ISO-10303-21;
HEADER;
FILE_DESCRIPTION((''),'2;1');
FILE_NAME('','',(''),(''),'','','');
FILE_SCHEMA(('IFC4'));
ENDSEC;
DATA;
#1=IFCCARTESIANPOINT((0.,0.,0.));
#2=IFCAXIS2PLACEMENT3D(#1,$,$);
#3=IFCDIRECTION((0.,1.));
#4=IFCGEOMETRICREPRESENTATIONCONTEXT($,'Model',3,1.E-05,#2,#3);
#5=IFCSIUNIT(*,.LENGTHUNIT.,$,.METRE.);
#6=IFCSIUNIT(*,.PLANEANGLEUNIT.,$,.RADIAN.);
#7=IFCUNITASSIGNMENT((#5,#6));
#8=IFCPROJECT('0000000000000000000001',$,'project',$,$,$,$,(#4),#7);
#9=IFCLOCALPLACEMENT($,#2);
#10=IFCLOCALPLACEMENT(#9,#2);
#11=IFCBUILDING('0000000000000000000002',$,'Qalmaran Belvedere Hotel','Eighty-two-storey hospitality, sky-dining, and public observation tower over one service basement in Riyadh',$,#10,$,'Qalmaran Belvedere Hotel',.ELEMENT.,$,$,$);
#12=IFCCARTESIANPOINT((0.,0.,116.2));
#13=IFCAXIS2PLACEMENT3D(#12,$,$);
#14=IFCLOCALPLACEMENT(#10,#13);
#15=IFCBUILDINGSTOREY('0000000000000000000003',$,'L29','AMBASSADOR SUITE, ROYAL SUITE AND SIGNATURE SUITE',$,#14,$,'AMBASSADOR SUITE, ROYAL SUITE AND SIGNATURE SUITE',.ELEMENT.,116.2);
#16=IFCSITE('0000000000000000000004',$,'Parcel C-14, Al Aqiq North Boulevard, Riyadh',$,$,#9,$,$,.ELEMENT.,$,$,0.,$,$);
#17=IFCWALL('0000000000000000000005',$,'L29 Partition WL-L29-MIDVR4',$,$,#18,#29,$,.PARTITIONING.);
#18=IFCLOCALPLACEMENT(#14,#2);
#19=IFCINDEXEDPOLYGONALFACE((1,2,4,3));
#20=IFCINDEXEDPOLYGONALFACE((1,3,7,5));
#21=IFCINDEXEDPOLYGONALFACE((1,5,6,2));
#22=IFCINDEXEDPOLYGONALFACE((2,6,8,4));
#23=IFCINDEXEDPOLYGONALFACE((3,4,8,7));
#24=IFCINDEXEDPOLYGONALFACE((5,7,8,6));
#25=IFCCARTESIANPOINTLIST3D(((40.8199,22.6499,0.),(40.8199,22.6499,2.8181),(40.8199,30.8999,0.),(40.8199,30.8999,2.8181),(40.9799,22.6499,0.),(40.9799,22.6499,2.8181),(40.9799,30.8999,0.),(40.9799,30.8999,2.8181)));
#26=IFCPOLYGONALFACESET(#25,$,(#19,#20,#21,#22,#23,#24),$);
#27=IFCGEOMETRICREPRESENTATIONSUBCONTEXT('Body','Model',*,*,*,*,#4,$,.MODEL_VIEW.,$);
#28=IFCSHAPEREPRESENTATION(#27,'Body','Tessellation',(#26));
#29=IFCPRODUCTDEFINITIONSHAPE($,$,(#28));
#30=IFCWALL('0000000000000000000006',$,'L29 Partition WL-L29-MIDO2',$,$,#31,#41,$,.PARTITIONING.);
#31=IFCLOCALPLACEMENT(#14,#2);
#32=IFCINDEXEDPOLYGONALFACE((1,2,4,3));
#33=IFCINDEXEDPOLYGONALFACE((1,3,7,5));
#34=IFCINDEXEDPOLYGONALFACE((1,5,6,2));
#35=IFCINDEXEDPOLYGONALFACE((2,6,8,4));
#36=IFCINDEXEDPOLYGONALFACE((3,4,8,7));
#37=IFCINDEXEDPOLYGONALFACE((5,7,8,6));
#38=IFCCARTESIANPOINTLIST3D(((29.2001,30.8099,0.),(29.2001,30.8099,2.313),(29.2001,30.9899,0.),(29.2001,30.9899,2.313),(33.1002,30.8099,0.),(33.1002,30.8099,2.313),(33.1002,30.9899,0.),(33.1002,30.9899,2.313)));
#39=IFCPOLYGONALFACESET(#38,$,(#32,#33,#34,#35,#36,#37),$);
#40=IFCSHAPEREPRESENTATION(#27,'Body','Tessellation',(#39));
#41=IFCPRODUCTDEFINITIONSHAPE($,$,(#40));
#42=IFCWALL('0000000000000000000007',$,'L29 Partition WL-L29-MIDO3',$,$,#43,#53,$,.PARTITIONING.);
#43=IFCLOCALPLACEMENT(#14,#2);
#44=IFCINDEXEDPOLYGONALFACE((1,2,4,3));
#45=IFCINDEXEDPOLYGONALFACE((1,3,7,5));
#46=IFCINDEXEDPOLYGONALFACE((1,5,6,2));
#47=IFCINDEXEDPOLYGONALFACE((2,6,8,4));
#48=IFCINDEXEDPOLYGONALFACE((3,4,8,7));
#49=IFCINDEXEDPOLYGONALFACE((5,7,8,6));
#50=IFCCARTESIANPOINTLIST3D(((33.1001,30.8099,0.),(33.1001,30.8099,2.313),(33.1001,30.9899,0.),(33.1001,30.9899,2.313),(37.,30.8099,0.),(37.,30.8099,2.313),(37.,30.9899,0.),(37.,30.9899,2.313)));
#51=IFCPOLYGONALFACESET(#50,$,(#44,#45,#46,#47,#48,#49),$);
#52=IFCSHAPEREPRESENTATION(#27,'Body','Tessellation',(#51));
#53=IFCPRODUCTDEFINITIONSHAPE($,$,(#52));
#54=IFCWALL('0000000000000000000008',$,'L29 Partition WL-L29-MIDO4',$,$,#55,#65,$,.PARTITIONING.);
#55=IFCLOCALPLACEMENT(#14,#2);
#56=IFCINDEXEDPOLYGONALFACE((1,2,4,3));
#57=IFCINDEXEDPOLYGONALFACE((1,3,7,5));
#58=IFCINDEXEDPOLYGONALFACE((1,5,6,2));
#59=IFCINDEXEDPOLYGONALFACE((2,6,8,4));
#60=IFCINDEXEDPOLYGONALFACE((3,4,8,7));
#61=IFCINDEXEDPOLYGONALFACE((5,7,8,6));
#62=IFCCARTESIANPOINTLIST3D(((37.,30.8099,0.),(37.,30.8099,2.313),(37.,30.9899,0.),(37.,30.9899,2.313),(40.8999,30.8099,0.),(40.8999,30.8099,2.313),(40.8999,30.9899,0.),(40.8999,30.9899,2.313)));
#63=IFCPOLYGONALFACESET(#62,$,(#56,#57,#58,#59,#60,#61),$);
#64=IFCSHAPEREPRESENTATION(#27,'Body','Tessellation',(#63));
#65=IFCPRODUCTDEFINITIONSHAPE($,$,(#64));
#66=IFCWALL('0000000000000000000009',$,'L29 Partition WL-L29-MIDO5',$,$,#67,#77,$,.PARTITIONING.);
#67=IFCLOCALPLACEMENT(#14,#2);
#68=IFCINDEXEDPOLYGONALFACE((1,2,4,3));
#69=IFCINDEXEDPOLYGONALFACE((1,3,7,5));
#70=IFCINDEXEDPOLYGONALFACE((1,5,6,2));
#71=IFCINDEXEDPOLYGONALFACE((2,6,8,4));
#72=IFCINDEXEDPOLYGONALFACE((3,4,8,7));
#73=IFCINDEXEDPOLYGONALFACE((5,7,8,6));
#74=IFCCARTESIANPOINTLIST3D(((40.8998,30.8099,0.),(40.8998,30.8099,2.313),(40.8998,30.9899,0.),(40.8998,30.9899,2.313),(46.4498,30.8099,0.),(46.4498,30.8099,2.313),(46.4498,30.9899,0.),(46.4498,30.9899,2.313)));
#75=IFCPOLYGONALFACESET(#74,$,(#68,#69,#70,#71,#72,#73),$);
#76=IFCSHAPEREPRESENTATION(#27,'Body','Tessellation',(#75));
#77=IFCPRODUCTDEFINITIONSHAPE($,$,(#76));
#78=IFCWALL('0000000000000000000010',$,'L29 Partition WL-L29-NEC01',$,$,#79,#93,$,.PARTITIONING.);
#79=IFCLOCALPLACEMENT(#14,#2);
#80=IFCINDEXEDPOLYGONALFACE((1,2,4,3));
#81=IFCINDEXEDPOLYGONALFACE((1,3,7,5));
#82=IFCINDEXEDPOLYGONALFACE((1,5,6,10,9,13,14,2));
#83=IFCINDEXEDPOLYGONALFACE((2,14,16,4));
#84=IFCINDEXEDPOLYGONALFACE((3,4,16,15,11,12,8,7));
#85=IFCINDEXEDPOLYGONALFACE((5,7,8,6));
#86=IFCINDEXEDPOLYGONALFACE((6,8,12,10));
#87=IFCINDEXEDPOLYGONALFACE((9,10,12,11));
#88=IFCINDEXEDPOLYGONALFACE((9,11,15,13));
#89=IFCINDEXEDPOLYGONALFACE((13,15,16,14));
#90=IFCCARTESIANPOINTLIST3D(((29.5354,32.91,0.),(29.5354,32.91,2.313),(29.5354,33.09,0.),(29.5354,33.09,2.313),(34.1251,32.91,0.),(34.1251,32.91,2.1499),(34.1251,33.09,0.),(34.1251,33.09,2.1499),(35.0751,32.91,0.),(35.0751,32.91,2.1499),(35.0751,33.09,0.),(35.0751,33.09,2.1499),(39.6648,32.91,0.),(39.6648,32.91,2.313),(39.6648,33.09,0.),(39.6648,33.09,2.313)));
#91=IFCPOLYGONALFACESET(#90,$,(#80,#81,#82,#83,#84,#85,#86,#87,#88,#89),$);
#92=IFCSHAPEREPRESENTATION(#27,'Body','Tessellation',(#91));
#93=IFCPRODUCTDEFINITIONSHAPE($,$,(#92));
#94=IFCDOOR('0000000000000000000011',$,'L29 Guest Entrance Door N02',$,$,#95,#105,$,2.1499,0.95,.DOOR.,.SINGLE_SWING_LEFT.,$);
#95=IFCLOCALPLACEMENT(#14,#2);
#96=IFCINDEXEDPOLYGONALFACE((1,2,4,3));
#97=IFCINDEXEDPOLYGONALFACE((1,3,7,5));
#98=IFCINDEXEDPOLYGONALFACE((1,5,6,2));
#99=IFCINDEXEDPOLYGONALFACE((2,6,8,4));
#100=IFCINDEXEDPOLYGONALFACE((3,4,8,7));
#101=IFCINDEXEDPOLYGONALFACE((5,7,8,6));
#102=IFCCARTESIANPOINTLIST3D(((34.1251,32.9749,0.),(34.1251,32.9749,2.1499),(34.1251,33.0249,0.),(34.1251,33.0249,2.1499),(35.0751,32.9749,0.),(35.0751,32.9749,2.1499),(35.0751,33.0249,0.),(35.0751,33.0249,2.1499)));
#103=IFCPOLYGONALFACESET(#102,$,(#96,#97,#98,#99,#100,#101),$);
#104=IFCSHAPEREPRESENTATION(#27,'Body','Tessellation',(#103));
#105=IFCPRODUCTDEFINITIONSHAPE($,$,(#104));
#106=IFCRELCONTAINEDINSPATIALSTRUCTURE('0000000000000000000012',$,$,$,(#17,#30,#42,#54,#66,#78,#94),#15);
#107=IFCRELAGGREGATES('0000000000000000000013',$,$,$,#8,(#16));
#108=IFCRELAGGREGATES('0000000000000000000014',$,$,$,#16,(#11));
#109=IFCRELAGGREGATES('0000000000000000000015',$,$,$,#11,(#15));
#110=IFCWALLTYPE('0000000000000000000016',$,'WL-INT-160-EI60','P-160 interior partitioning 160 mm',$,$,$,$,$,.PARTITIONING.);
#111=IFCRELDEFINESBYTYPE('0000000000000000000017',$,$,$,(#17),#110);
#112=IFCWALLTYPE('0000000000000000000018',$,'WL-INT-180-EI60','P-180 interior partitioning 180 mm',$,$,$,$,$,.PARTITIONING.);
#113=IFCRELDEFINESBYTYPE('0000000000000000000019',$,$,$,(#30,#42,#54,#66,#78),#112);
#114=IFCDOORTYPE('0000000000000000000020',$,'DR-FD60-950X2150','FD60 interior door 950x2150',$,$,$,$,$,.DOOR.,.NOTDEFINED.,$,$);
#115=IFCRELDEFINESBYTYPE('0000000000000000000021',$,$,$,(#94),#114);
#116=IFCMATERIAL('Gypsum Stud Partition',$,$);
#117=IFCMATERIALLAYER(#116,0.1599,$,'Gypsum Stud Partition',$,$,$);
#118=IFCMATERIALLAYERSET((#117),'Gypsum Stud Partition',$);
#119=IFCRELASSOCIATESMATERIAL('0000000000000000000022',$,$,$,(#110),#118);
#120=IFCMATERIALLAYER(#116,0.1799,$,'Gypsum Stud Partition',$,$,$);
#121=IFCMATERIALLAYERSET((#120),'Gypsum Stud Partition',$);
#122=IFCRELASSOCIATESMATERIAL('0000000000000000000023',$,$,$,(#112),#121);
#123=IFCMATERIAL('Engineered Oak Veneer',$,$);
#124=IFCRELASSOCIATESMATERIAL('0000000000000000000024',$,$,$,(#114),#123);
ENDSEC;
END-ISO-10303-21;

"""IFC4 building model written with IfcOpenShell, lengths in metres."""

from ifc_helpers import new_model, si_unit, direction, frame, frame_2d, origin, place, context, subcontext, project, spatial, rectangle, extrude, material, layer, layer_set, type_object, element, fill, save


model = new_model("IFC4")

# Units and contexts
model_context = context("Model", 3, precision=1e-05, world=origin(), true_north=direction((0.0, 1.0)))
body_context = subcontext(model_context, "Body", "Model", "MODEL_VIEW")
ifc_project = project(units=[si_unit("LENGTHUNIT", "METRE"), si_unit("PLANEANGLEUNIT", "RADIAN")], contexts=[model_context])

# Site, building, storey
site_placement = place(None, origin())
site = spatial("IfcSite", under=ifc_project, at=site_placement, Name="Parcel C-14, Al Aqiq North Boulevard, Riyadh", CompositionType="ELEMENT", RefElevation=0.0)
building_placement = place(site_placement, origin())
building = spatial("IfcBuilding", under=site, at=building_placement, Name="Qalmaran Belvedere Hotel", Description="Eighty-two-storey hospitality, sky-dining, and public observation tower over one service basement in Riyadh", LongName="Qalmaran Belvedere Hotel", CompositionType="ELEMENT")
storey_placement = place(building_placement, frame((0.0, 0.0, 116.2)))
storey = spatial("IfcBuildingStorey", under=building, at=storey_placement, Name="L29", Description="AMBASSADOR SUITE, ROYAL SUITE AND SIGNATURE SUITE", LongName="AMBASSADOR SUITE, ROYAL SUITE AND SIGNATURE SUITE", CompositionType="ELEMENT", Elevation=116.2)

# Wall
ifc_material_1 = material(Name="Gypsum Stud Partition")
ifc_layer_1 = layer(ifc_material_1, 0.1599, Name="Gypsum Stud Partition")
ifc_layer_set_1 = layer_set([ifc_layer_1], Name="Gypsum Stud Partition")
wall_type_1 = type_object("IfcWallType", Name="WL-INT-160-EI60", Description="P-160 interior partitioning 160 mm", PredefinedType="PARTITIONING", material=ifc_layer_set_1)
wall_1_placement = place(storey_placement, frame((40.8999, 22.6499, 0.0), z_axis=(0.0, 0.0, 1.0), x_axis=(0.0, 1.0, 0.0)))
element("IfcWall", 1, at=wall_1_placement, inside=storey, type_object=wall_type_1, Name="L29 Partition WL-L29-MIDVR4", PredefinedType="PARTITIONING", context=body_context, shape_type="SweptSolid", body=[
    extrude(rectangle(XDim=8.25, YDim=0.1599, at=frame_2d((4.125, 0.0))), origin(), (0.0, 0.0, 1.0), 2.8181),
])

# Shared definitions
ifc_layer_2 = layer(ifc_material_1, 0.1799, Name="Gypsum Stud Partition")
ifc_layer_set_2 = layer_set([ifc_layer_2], Name="Gypsum Stud Partition")
wall_type_2 = type_object("IfcWallType", Name="WL-INT-180-EI60", Description="P-180 interior partitioning 180 mm", PredefinedType="PARTITIONING", material=ifc_layer_set_2)
ifc_material_2 = material(Name="Engineered Oak Veneer")
door_type = type_object("IfcDoorType", Name="DR-FD60-950X2150", Description="FD60 interior door 950x2150", OperationType="NOTDEFINED", PredefinedType="DOOR", material=ifc_material_2)

# Wall
wall_2_placement = place(storey_placement, frame((29.2, 30.8999, 0.0), z_axis=(0.0, 0.0, 1.0), x_axis=(1.0, 0.0, 0.0)))
element("IfcWall", 2, at=wall_2_placement, inside=storey, type_object=wall_type_2, Name="L29 Partition WL-L29-MIDO2", PredefinedType="PARTITIONING", context=body_context, shape_type="SweptSolid", body=[
    extrude(rectangle(XDim=3.9001, YDim=0.1799, at=frame_2d((1.9502, 0.0))), origin(), (0.0, 0.0, 1.0), 2.313),
])

# Wall
wall_3_placement = place(storey_placement, frame((33.1001, 30.8999, 0.0), z_axis=(0.0, 0.0, 1.0), x_axis=(1.0, 0.0, 0.0)))
element("IfcWall", 3, at=wall_3_placement, inside=storey, type_object=wall_type_2, Name="L29 Partition WL-L29-MIDO3", PredefinedType="PARTITIONING", context=body_context, shape_type="SweptSolid", body=[
    extrude(rectangle(XDim=3.8999, YDim=0.1799, at=frame_2d((1.95, 0.0))), origin(), (0.0, 0.0, 1.0), 2.313),
])

# Wall
wall_4_placement = place(storey_placement, frame((37.0, 30.8999, 0.0), z_axis=(0.0, 0.0, 1.0), x_axis=(1.0, 0.0, 0.0)))
element("IfcWall", 4, at=wall_4_placement, inside=storey, type_object=wall_type_2, Name="L29 Partition WL-L29-MIDO4", PredefinedType="PARTITIONING", context=body_context, shape_type="SweptSolid", body=[
    extrude(rectangle(XDim=3.8999, YDim=0.1799, at=frame_2d((1.95, 0.0))), origin(), (0.0, 0.0, 1.0), 2.313),
])

# Wall
wall_5_placement = place(storey_placement, frame((40.8999, 30.8999, 0.0), z_axis=(0.0, 0.0, 1.0), x_axis=(1.0, 0.0, 0.0)))
element("IfcWall", 5, at=wall_5_placement, inside=storey, type_object=wall_type_2, Name="L29 Partition WL-L29-MIDO5", PredefinedType="PARTITIONING", context=body_context, shape_type="SweptSolid", body=[
    extrude(rectangle(XDim=5.55, YDim=0.1799, at=frame_2d((2.7749, 0.0))), origin(), (0.0, 0.0, 1.0), 2.313),
])

# Wall, opening, door
wall_6_placement = place(storey_placement, frame((29.5354, 33.0, 0.0), z_axis=(0.0, 0.0, 1.0), x_axis=(1.0, 0.0, 0.0)))
wall_6 = element("IfcWall", 6, at=wall_6_placement, inside=storey, type_object=wall_type_2, Name="L29 Partition WL-L29-NEC01", PredefinedType="PARTITIONING", context=body_context, shape_type="SweptSolid", body=[
    extrude(rectangle(XDim=10.1294, YDim=0.1799, at=frame_2d((5.0647, 0.0))), origin(), (0.0, 0.0, 1.0), 2.313),
])
opening_1_placement = place(wall_6_placement, frame((4.5896, 0.0, 0.0)))
opening_1 = element("IfcOpeningElement", 7, at=opening_1_placement, cuts=wall_6, PredefinedType="OPENING", context=body_context, shape_type="SweptSolid", body=[
    extrude(rectangle(XDim=0.95, YDim=2.1499, at=frame_2d((0.4751, 1.075))), frame((0.0, 0.1001, 0.0), z_axis=(0.0, -1.0, 0.0), x_axis=(1.0, 0.0, 0.0)), (0.0, 0.0, 1.0), 0.2),
])
door_1_placement = place(opening_1_placement, origin())
door_1 = element("IfcDoor", 8, at=door_1_placement, inside=storey, type_object=door_type, Name="L29 Guest Entrance Door N02", OperationType="SINGLE_SWING_LEFT", OverallHeight=2.1499, OverallWidth=0.95, PredefinedType="DOOR", context=body_context, shape_type="SweptSolid", body=[
    extrude(rectangle(XDim=0.95, YDim=2.1499, at=frame_2d((0.4751, 1.075))), frame((0.0, 0.0249, 0.0), z_axis=(0.0, -1.0, 0.0), x_axis=(1.0, 0.0, 0.0)), (0.0, 0.0, 1.0), 0.05),
])
fill(opening_1, door_1)

save(model, "model.ifc")
